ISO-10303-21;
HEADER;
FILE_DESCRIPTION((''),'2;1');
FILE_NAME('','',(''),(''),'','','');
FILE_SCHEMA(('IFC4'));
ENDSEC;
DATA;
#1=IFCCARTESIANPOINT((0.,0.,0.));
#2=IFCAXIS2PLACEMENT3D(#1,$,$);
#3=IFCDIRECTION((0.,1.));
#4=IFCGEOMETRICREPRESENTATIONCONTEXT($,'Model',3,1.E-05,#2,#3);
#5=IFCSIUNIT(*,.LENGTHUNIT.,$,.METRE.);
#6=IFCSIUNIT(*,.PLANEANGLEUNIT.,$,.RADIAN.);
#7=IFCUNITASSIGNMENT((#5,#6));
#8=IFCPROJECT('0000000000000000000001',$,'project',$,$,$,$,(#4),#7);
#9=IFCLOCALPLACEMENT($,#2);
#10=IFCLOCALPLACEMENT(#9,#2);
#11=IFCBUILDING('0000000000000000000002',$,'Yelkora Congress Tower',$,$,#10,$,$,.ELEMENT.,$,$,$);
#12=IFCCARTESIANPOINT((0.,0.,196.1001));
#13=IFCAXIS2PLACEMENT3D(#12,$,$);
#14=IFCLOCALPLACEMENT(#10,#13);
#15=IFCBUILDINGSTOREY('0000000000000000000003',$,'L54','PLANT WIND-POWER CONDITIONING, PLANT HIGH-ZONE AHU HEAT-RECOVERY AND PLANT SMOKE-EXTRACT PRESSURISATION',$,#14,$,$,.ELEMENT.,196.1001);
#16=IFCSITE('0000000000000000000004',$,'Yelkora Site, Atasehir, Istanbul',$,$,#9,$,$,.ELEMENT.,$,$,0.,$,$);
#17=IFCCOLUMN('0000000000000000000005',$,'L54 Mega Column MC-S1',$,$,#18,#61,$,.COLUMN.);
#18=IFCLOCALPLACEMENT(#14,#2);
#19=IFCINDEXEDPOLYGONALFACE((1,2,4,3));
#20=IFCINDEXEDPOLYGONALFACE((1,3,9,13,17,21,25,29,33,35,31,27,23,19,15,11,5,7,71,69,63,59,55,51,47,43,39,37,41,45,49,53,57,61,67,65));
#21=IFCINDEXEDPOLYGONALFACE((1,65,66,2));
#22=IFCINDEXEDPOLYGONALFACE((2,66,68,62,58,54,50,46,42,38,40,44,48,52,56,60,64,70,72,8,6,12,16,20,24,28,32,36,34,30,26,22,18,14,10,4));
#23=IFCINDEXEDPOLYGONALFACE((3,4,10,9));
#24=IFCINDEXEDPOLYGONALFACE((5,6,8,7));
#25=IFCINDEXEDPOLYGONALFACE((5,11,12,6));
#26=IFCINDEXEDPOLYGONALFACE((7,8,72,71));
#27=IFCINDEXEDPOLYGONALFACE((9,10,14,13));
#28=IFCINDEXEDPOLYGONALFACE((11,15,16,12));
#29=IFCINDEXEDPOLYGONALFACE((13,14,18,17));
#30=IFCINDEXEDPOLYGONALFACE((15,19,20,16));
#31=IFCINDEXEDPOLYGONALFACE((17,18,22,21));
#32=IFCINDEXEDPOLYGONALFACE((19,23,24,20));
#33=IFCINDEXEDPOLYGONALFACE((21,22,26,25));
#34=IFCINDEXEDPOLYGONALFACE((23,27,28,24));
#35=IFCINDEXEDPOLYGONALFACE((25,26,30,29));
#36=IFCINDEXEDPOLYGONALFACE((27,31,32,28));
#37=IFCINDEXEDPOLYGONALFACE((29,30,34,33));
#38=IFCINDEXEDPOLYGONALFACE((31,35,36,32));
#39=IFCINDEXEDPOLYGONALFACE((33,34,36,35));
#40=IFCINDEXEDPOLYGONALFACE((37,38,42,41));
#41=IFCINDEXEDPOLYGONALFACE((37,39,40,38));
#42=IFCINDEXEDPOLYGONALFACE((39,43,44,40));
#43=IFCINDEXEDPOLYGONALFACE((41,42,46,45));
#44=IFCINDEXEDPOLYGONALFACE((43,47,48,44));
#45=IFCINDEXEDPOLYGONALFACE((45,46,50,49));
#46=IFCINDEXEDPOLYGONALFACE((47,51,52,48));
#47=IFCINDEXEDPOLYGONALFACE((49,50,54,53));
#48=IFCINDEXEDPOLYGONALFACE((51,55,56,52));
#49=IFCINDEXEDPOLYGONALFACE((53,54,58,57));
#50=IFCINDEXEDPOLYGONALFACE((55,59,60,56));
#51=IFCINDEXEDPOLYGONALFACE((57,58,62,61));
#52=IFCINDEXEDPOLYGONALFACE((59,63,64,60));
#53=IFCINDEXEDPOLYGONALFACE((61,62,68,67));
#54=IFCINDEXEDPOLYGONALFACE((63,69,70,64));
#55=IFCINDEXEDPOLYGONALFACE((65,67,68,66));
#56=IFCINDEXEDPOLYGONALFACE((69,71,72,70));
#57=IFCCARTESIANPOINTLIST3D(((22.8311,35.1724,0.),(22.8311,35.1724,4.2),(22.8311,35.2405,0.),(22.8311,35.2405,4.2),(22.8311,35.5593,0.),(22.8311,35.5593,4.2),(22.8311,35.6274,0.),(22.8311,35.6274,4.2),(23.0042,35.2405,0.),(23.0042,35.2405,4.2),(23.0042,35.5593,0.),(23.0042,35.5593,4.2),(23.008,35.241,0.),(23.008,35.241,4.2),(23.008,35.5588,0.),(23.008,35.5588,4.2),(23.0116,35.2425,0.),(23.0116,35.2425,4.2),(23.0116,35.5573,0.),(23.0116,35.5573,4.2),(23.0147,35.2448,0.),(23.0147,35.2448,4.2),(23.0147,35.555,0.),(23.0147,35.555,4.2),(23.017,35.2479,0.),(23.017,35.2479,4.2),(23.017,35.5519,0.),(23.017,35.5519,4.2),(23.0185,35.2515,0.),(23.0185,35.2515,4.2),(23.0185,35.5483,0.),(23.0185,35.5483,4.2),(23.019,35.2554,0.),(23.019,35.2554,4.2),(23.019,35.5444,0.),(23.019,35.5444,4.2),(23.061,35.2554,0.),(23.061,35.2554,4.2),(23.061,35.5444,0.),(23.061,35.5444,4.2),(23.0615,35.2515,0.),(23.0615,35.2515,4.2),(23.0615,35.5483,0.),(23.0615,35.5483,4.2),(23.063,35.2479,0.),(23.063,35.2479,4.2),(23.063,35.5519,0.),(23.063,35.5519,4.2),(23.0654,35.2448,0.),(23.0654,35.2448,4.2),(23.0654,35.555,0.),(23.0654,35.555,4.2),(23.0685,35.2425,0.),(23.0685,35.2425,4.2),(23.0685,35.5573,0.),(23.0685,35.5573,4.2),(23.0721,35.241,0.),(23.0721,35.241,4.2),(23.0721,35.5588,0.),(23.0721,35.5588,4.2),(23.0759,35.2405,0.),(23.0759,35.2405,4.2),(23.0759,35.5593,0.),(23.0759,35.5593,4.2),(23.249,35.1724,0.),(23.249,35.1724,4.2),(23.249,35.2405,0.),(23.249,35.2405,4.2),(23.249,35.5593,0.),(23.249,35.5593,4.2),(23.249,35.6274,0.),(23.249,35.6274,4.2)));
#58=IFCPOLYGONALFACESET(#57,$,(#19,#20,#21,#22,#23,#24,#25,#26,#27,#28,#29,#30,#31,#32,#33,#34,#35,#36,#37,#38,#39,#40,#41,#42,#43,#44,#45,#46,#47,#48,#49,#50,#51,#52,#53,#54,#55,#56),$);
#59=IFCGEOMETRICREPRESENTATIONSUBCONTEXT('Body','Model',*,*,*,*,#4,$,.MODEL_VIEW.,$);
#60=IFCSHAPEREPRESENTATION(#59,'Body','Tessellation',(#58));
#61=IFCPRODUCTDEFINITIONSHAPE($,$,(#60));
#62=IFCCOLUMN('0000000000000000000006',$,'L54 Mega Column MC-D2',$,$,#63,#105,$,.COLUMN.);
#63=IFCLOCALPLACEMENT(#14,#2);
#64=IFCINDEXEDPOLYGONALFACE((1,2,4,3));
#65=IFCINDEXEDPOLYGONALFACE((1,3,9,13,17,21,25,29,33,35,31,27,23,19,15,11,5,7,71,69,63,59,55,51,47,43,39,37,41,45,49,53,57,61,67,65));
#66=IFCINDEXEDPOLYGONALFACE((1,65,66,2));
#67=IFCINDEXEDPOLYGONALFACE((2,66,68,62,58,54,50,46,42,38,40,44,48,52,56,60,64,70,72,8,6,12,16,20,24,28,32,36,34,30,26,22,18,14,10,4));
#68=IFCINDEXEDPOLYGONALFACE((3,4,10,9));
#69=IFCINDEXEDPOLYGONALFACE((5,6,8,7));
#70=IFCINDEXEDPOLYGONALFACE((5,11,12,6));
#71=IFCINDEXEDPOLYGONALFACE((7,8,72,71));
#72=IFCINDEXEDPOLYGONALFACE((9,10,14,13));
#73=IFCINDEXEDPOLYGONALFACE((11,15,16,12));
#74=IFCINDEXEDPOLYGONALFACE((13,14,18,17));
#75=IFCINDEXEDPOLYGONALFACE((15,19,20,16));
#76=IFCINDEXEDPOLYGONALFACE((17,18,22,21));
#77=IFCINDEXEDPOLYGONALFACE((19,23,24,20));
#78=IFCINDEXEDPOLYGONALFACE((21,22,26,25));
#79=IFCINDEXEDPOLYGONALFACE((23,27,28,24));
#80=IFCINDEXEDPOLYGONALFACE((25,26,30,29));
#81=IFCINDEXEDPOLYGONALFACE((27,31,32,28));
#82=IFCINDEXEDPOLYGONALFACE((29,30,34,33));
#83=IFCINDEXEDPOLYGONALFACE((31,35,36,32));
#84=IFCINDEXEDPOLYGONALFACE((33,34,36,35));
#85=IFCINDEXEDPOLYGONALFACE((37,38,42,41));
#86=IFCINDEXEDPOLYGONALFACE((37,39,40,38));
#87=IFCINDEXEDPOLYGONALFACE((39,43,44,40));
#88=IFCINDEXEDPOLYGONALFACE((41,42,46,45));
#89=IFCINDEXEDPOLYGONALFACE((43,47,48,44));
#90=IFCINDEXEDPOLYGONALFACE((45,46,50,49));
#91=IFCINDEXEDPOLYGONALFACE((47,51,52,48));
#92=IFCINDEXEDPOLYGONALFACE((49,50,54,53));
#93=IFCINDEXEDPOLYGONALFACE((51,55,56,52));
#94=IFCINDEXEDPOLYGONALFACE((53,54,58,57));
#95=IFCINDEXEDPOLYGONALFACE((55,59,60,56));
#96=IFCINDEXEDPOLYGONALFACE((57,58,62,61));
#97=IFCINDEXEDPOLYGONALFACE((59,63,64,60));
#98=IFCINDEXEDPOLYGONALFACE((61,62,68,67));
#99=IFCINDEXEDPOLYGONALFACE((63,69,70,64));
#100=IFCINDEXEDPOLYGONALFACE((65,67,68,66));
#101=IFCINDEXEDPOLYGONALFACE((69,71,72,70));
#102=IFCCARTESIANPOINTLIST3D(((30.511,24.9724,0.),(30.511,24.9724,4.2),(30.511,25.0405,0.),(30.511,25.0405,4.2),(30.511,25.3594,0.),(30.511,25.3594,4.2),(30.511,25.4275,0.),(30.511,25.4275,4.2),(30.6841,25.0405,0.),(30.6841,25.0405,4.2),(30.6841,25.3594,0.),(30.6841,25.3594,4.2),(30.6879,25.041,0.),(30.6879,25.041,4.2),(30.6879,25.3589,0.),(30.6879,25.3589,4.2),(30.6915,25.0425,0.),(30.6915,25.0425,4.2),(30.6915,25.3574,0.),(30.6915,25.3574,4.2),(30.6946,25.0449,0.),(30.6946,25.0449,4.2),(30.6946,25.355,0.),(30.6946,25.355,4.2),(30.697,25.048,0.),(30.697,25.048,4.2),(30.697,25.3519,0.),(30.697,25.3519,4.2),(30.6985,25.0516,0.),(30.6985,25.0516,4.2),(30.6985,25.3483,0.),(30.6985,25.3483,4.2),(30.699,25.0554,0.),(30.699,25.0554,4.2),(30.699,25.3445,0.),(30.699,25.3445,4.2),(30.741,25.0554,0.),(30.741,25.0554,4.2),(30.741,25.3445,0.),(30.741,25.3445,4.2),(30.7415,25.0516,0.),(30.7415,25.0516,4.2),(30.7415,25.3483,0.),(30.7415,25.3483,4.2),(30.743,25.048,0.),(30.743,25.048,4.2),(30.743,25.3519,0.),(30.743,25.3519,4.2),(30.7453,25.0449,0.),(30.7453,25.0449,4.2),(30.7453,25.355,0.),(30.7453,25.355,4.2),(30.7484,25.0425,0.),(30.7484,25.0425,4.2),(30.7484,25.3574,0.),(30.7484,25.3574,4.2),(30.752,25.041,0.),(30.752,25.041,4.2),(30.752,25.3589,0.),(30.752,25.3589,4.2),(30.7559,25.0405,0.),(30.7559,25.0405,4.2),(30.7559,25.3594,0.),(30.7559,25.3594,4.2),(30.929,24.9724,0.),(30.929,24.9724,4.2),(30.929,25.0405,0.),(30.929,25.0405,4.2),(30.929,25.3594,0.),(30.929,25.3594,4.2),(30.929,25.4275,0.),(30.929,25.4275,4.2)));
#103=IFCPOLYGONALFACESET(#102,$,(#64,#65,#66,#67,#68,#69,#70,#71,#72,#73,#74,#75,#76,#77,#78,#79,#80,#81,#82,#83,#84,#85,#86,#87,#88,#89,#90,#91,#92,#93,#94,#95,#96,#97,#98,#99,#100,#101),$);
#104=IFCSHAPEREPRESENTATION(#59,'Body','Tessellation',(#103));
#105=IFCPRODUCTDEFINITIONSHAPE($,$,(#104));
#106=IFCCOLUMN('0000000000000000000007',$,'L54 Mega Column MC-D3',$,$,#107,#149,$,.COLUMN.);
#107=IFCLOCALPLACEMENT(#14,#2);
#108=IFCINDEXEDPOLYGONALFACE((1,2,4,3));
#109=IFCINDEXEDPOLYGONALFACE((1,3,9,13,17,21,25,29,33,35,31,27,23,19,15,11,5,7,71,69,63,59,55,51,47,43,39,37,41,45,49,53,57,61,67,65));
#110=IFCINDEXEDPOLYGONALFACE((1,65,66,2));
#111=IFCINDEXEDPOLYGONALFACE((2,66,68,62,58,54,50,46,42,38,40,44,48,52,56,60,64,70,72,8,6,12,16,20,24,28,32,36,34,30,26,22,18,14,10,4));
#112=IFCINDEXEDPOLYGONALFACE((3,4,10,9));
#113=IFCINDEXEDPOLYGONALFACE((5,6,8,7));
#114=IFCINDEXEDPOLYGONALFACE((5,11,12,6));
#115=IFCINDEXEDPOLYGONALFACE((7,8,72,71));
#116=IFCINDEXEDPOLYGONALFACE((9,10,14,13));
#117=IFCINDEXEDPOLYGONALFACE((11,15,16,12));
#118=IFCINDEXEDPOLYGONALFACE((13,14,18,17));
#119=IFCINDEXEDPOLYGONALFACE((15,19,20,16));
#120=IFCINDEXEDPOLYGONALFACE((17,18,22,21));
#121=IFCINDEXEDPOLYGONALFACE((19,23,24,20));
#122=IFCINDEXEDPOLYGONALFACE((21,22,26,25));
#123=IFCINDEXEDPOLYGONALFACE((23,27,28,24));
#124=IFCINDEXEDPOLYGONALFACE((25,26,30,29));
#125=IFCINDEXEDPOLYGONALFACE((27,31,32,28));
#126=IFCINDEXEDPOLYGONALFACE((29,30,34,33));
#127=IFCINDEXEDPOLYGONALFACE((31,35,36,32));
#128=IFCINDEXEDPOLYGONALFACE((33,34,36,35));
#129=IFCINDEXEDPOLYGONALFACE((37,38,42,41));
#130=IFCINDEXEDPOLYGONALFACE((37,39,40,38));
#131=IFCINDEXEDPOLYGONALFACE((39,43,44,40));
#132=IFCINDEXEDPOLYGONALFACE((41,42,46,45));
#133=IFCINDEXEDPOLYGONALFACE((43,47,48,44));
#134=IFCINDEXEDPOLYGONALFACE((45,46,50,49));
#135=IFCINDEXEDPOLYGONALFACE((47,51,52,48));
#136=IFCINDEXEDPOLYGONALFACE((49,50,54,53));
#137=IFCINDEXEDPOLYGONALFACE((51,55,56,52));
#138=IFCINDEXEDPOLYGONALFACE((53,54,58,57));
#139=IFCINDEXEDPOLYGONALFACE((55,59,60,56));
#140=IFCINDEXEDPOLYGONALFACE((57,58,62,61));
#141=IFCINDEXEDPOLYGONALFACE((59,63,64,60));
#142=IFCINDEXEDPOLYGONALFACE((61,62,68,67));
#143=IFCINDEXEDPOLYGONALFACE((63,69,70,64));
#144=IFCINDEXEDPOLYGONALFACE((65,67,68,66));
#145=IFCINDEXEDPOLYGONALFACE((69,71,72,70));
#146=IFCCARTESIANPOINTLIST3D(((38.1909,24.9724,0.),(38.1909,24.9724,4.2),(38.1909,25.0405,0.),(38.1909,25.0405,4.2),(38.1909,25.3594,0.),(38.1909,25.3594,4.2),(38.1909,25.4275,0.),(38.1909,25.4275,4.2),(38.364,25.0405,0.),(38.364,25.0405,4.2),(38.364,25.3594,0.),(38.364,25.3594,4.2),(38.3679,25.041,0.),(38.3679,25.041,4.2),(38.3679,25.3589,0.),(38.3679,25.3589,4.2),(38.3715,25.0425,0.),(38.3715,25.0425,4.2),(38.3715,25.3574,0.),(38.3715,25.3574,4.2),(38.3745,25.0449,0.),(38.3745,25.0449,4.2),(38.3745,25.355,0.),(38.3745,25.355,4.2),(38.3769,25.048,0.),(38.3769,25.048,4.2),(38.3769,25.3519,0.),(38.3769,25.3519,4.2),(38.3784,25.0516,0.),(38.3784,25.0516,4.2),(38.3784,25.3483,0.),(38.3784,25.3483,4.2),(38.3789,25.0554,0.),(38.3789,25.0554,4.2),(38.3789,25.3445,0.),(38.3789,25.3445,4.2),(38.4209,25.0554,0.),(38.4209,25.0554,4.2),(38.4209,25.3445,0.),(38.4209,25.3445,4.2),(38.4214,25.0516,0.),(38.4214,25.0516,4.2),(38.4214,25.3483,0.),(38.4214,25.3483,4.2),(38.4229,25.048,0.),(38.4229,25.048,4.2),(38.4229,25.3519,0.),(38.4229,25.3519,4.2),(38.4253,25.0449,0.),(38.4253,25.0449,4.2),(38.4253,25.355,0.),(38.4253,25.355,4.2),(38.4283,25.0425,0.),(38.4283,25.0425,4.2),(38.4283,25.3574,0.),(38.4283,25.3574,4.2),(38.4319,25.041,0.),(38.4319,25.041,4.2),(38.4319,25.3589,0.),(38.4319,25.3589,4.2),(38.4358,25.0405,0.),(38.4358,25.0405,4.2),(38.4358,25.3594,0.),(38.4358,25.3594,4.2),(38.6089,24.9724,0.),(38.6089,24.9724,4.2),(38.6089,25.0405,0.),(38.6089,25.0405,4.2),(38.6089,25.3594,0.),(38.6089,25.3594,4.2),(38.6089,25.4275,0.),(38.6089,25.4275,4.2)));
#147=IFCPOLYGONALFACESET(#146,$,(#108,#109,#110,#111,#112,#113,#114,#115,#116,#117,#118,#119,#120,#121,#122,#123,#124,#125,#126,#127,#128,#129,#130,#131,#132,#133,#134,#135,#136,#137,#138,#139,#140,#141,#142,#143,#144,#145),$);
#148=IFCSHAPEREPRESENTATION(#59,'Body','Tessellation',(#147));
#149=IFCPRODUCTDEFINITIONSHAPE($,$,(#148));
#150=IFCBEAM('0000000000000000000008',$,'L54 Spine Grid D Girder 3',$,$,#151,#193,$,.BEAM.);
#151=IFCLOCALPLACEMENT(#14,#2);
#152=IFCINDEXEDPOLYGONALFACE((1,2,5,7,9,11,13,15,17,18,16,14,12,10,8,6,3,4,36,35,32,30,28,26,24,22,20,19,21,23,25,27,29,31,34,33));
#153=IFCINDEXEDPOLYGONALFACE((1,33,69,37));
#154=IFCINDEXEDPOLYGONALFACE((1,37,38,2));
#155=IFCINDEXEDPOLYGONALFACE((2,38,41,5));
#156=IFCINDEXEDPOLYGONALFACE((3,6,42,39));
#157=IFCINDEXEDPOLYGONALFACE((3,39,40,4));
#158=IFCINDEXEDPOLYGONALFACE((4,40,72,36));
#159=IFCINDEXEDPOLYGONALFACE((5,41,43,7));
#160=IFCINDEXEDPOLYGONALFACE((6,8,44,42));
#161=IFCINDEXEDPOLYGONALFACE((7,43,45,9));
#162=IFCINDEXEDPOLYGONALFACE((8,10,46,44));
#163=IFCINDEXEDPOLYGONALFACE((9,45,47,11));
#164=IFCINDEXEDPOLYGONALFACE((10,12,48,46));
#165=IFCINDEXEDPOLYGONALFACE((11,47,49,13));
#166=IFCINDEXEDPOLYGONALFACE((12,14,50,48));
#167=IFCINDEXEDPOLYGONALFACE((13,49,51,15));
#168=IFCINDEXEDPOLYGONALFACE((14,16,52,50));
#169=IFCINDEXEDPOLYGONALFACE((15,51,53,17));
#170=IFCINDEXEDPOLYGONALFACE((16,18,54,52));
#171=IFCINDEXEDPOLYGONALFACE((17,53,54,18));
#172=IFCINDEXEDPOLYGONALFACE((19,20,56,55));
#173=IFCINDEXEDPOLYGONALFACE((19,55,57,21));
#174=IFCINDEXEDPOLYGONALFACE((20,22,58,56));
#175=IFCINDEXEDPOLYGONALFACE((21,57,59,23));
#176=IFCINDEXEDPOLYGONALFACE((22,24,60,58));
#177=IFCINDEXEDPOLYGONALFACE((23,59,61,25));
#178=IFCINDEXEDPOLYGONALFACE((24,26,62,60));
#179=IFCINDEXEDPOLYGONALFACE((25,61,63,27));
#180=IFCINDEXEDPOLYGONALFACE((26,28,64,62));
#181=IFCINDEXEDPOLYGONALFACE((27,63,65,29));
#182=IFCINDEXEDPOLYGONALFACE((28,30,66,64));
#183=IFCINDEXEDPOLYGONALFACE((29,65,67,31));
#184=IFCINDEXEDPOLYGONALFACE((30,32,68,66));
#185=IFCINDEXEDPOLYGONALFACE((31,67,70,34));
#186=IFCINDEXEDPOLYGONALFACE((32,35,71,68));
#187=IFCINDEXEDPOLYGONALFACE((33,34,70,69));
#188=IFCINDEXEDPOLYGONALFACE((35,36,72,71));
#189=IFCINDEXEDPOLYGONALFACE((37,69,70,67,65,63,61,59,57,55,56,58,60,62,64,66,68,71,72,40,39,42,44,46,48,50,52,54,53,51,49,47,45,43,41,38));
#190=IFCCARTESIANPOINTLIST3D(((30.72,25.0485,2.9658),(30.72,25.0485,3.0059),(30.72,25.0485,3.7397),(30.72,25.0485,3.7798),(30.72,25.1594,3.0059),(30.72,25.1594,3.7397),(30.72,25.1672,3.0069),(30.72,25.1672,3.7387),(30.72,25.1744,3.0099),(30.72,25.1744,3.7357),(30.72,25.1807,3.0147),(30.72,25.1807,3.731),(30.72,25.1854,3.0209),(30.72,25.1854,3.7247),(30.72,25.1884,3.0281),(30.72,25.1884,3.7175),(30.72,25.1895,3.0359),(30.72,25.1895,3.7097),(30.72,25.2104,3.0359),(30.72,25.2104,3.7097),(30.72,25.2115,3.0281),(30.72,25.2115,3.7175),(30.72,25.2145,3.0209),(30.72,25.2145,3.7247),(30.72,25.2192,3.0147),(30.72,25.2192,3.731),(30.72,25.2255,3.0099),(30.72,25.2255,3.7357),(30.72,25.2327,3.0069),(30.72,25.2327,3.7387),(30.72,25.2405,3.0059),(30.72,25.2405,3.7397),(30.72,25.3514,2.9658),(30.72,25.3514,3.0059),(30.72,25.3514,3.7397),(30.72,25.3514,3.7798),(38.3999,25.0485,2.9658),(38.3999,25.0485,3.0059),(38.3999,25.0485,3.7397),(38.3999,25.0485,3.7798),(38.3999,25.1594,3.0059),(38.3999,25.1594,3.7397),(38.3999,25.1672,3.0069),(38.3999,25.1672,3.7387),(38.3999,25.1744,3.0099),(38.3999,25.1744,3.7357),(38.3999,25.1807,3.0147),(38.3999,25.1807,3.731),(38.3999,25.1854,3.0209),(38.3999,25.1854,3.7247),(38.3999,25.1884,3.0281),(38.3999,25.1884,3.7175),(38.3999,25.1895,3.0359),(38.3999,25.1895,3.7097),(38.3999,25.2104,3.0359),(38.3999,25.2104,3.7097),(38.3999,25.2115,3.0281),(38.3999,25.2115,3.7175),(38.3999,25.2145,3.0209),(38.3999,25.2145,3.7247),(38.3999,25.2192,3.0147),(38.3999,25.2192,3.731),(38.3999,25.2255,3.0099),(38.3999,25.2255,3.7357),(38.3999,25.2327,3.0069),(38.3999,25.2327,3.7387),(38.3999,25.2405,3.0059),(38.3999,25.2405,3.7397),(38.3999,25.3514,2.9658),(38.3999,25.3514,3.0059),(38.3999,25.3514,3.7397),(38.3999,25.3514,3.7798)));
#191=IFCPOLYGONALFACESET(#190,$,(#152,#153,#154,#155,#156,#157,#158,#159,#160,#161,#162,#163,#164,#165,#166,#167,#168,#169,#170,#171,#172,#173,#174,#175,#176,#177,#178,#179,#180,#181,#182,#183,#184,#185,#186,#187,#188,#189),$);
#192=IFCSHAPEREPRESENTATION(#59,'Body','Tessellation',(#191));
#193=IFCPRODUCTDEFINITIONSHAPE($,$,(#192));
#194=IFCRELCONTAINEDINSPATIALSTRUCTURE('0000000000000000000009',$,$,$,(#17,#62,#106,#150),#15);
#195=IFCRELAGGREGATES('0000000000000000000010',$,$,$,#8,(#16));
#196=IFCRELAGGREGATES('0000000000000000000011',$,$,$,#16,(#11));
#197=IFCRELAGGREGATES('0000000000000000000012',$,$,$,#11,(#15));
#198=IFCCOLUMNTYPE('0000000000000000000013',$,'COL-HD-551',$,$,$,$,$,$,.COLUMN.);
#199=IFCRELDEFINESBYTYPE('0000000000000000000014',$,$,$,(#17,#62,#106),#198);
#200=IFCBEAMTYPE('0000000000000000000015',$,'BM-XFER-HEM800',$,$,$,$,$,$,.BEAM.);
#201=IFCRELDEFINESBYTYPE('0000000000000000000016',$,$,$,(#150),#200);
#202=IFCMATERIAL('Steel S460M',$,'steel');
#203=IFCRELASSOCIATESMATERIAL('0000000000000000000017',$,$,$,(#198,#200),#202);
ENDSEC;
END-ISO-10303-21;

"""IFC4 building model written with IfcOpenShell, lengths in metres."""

from ifc_helpers import new_model, si_unit, direction, frame, origin, origin_2d, place, context, subcontext, project, spatial, i_section, extrude, material, material_profile, profile_set, type_object, element, save


model = new_model("IFC4")

# Units and contexts
model_context = context("Model", 3, precision=1e-05, world=origin(), true_north=direction((0.0, 1.0)))
body_context = subcontext(model_context, "Body", "Model", "MODEL_VIEW")
ifc_project = project(units=[si_unit("LENGTHUNIT", "METRE"), si_unit("PLANEANGLEUNIT", "RADIAN")], contexts=[model_context])

# Site, building, storey
site_placement = place(None, origin())
site = spatial("IfcSite", under=ifc_project, at=site_placement, Name="Yelkora Site, Atasehir, Istanbul", CompositionType="ELEMENT", RefElevation=0.0)
building_placement = place(site_placement, origin())
building = spatial("IfcBuilding", under=site, at=building_placement, Name="Yelkora Congress Tower", CompositionType="ELEMENT")
storey_placement = place(building_placement, frame((0.0, 0.0, 196.1001)))
storey = spatial("IfcBuildingStorey", under=building, at=storey_placement, Name="L54", Description="PLANT WIND-POWER CONDITIONING, PLANT HIGH-ZONE AHU HEAT-RECOVERY AND PLANT SMOKE-EXTRACT PRESSURISATION", CompositionType="ELEMENT", Elevation=196.1001)

# Columns
ifc_material_1 = material(Name="Steel S460M", Category="steel")
ifc_material_profile_1 = material_profile(ifc_material_1, i_section(OverallWidth=0.418, OverallDepth=0.4551, WebThickness=0.042, FlangeThickness=0.0681, FilletRadius=0.0149, at=origin_2d()), Name="HD 400x551")
ifc_profile_set_1 = profile_set([ifc_material_profile_1], Name="Steel S460M")
column_type = type_object("IfcColumnType", Name="COL-HD-551", PredefinedType="COLUMN", material=ifc_profile_set_1)
for number, where, z_axis, x_axis, name in (
    (1, (23.04, 35.3999, 0.0), (0.0, 0.0, 1.0), (1.0, 0.0, 0.0), "L54 Mega Column MC-S1"),
    (2, (30.72, 25.2, 0.0), (0.0, 0.0, 1.0), (1.0, 0.0, 0.0), "L54 Mega Column MC-D2"),
    (3, (38.3999, 25.2, 0.0), (0.0, 0.0, 1.0), (1.0, 0.0, 0.0), "L54 Mega Column MC-D3"),
):
    element("IfcColumn", number, at=place(storey_placement, frame(where, z_axis=z_axis, x_axis=x_axis)), inside=storey, type_object=column_type, Name=name, PredefinedType="COLUMN", context=body_context, shape_type="SweptSolid", body=[
        extrude(i_section(OverallWidth=0.418, OverallDepth=0.4551, WebThickness=0.042, FlangeThickness=0.0681, FilletRadius=0.0149, at=origin_2d()), origin(), (0.0, 0.0, 1.0), 4.2),
    ])

# Beam
ifc_material_profile_2 = material_profile(ifc_material_1, i_section(OverallWidth=0.303, OverallDepth=0.814, WebThickness=0.021, FlangeThickness=0.04, FilletRadius=0.03, at=origin_2d()), Name="HEM 800")
ifc_profile_set_2 = profile_set([ifc_material_profile_2], Name="Steel S460M")
beam_type = type_object("IfcBeamType", Name="BM-XFER-HEM800", PredefinedType="BEAM", material=ifc_profile_set_2)
for number, where, z_axis, x_axis, name in (
    (4, (30.72, 25.2, 3.3728), (1.0, 0.0, 0.0), (0.0, 1.0, 0.0), "L54 Spine Grid D Girder 3"),
):
    element("IfcBeam", number, at=place(storey_placement, frame(where, z_axis=z_axis, x_axis=x_axis)), inside=storey, type_object=beam_type, Name=name, PredefinedType="BEAM", context=body_context, shape_type="SweptSolid", body=[
        extrude(i_section(OverallWidth=0.303, OverallDepth=0.814, WebThickness=0.021, FlangeThickness=0.04, FilletRadius=0.03, at=origin_2d()), origin(), (0.0, 0.0, 1.0), 7.6799),
    ])

save(model, "model.ifc")
